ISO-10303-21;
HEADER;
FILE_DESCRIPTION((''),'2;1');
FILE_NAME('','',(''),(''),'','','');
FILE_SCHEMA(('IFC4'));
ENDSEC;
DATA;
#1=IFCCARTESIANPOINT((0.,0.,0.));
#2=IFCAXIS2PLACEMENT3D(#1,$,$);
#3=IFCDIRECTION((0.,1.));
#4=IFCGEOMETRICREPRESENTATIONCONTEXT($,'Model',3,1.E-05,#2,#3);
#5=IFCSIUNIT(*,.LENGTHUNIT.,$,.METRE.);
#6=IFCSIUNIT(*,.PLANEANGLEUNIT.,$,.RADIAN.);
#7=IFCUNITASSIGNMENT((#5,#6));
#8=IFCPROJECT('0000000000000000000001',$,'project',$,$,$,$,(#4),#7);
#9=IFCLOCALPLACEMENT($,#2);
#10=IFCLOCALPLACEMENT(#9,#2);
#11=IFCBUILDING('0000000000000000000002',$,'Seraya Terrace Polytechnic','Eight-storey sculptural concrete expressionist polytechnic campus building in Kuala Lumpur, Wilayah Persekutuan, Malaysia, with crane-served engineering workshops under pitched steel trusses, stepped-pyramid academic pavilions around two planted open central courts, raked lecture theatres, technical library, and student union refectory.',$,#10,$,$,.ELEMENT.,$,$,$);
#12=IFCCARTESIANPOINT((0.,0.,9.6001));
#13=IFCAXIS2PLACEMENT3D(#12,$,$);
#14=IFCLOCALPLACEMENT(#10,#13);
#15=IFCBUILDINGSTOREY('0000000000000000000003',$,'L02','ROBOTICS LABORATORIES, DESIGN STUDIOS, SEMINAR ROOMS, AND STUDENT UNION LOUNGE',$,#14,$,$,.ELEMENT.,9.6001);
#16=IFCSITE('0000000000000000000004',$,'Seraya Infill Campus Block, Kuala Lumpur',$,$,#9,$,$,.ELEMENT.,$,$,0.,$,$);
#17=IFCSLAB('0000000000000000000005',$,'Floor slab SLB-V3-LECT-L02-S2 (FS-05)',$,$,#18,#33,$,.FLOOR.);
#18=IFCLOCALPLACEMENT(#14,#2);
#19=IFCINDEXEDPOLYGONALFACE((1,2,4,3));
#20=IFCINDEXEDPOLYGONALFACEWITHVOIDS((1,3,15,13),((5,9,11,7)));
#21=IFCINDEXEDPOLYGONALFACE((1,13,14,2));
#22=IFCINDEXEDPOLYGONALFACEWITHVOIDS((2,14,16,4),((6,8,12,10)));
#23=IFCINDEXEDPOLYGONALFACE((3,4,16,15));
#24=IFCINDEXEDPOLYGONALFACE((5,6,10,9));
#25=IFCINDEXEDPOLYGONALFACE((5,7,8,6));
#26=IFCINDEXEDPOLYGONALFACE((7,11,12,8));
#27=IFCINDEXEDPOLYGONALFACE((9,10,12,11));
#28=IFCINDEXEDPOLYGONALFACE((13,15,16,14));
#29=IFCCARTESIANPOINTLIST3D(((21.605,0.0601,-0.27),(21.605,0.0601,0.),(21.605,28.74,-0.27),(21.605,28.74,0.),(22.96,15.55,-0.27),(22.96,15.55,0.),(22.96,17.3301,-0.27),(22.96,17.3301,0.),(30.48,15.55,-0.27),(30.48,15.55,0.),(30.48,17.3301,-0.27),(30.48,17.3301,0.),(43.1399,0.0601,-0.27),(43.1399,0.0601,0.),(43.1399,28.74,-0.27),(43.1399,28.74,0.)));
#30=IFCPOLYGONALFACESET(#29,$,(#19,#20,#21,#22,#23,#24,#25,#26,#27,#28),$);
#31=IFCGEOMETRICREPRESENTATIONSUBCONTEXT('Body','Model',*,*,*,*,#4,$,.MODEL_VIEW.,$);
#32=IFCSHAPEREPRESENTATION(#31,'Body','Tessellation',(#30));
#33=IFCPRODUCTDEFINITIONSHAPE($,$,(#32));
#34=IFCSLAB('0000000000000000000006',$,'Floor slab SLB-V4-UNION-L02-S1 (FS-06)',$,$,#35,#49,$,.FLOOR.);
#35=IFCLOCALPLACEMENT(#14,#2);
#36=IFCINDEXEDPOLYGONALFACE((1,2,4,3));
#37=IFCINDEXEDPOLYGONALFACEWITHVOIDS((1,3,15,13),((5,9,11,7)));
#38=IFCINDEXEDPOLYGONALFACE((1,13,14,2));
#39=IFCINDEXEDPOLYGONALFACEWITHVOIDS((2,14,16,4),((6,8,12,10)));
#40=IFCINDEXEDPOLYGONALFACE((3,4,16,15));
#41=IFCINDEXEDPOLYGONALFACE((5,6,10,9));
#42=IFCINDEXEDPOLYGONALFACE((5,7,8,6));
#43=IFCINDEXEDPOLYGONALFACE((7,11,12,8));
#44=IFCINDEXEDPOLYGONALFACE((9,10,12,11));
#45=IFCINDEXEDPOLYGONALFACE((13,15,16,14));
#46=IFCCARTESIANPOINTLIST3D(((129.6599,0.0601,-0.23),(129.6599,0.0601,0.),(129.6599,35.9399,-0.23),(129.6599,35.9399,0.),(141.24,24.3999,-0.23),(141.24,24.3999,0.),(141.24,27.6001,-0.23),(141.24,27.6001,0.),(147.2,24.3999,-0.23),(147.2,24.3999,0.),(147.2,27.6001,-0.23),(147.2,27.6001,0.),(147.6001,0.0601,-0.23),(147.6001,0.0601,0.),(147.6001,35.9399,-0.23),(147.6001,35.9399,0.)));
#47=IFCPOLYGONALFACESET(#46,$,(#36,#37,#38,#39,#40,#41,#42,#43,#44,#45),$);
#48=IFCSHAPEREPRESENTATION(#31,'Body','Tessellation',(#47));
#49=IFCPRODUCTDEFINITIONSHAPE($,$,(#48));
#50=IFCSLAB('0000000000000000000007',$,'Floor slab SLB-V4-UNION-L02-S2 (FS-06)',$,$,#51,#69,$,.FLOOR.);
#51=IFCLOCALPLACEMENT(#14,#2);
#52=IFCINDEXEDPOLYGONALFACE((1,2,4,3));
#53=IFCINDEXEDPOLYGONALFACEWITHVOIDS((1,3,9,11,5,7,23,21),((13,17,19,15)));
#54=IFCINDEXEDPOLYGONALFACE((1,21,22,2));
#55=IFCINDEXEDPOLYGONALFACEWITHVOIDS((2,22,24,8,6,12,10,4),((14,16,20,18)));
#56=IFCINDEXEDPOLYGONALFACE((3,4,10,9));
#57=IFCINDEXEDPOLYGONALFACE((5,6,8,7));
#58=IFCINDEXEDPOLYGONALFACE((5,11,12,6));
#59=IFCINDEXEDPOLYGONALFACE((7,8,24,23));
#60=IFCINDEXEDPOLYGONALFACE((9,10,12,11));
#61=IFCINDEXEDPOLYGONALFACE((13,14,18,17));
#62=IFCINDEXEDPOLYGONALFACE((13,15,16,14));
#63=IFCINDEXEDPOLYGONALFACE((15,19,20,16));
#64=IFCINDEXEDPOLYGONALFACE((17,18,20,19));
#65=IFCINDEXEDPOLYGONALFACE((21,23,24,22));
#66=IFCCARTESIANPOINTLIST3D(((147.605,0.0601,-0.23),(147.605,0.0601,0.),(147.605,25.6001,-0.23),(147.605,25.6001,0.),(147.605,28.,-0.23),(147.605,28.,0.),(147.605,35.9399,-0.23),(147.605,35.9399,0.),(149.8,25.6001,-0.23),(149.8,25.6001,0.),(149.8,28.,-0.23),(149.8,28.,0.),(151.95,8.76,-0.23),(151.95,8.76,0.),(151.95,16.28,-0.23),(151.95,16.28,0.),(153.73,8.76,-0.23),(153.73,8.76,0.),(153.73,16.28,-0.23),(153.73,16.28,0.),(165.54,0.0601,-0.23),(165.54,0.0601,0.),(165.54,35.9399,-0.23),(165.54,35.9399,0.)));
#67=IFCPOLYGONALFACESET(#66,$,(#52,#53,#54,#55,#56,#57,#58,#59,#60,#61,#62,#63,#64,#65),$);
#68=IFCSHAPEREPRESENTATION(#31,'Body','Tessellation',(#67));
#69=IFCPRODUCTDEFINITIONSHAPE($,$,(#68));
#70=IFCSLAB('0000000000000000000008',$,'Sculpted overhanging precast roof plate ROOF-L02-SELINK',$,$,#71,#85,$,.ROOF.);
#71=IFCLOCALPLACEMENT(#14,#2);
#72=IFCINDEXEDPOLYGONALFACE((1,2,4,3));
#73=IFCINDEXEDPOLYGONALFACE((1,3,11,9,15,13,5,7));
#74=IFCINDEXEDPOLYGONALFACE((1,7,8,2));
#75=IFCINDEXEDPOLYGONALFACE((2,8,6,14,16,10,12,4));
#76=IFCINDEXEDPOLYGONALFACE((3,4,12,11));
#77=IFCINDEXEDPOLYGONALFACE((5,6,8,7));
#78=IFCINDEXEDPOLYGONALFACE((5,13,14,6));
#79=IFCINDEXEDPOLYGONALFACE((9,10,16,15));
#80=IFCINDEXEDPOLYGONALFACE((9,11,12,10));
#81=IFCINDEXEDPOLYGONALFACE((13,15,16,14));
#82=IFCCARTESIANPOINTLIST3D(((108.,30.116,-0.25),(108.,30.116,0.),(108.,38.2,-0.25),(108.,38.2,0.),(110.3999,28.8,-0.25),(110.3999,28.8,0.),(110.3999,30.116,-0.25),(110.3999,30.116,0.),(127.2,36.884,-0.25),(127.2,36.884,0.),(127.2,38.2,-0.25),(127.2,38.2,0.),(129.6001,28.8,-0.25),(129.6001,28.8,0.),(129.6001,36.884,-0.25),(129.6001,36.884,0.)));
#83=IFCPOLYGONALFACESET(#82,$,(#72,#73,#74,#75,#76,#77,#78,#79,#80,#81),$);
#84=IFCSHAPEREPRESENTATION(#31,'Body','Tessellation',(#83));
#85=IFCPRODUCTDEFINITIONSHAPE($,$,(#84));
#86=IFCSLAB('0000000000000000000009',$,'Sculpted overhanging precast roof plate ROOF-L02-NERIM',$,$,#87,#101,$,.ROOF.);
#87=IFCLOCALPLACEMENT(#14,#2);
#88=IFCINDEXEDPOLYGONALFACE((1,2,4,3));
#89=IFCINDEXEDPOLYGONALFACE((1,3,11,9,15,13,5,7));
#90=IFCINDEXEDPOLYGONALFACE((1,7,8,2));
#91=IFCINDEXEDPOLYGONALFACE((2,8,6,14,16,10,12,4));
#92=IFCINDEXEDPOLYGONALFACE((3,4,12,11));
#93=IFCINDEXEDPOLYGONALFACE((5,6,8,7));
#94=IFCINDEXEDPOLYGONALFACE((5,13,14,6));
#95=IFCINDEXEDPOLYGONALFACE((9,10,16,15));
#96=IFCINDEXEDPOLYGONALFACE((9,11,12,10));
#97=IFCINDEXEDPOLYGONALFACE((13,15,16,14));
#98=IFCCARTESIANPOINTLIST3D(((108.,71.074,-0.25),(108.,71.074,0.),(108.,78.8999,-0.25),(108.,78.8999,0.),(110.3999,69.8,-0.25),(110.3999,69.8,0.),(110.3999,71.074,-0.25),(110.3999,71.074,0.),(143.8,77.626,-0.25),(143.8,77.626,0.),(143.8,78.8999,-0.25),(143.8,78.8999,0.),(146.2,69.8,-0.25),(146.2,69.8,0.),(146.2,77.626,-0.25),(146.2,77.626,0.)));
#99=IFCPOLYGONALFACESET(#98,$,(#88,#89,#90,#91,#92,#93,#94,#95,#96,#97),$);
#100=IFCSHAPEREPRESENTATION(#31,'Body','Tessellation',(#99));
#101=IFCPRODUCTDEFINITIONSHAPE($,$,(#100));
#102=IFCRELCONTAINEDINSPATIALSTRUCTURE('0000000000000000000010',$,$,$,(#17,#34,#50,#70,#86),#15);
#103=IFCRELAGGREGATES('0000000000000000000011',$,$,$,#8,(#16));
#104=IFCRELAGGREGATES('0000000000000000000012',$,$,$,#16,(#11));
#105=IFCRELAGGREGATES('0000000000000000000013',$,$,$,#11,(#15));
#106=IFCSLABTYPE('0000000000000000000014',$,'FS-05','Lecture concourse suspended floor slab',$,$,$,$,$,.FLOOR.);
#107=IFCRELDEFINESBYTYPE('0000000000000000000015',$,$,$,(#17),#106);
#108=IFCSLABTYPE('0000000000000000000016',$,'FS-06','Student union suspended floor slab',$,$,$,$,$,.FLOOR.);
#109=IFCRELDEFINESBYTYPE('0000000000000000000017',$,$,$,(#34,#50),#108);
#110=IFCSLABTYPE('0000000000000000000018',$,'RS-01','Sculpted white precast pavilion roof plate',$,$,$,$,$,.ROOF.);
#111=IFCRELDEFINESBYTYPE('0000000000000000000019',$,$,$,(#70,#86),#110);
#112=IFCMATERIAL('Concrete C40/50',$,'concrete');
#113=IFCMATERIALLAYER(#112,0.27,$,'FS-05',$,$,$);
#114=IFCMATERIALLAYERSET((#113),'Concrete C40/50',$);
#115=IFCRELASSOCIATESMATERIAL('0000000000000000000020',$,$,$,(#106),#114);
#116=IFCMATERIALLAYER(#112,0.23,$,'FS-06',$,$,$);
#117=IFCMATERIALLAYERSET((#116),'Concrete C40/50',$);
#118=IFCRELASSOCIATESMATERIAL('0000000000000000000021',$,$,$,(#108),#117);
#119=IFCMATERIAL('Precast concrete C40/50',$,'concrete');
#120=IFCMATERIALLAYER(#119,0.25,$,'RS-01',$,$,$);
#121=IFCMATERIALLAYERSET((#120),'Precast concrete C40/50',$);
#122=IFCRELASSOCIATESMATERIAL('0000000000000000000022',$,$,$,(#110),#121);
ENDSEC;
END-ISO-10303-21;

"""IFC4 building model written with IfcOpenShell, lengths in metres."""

from ifc_helpers import new_model, si_unit, direction, frame, origin, place, context, subcontext, project, spatial, polyline, outline, extrude, material, layer, layer_set, type_object, element, save


model = new_model("IFC4")

# Units and contexts
model_context = context("Model", 3, precision=1e-05, world=origin(), true_north=direction((0.0, 1.0)))
body_context = subcontext(model_context, "Body", "Model", "MODEL_VIEW")
ifc_project = project(units=[si_unit("LENGTHUNIT", "METRE"), si_unit("PLANEANGLEUNIT", "RADIAN")], contexts=[model_context])

# Site, building, storey
site_placement = place(None, origin())
site = spatial("IfcSite", under=ifc_project, at=site_placement, Name="Seraya Infill Campus Block, Kuala Lumpur", CompositionType="ELEMENT", RefElevation=0.0)
building_placement = place(site_placement, origin())
building = spatial("IfcBuilding", under=site, at=building_placement, Name="Seraya Terrace Polytechnic", Description="Eight-storey sculptural concrete expressionist polytechnic campus building in Kuala Lumpur, Wilayah Persekutuan, Malaysia, with crane-served engineering workshops under pitched steel trusses, stepped-pyramid academic pavilions around two planted open central courts, raked lecture theatres, technical library, and student union refectory.", CompositionType="ELEMENT")
storey_placement = place(building_placement, frame((0.0, 0.0, 9.6001)))
storey = spatial("IfcBuildingStorey", under=building, at=storey_placement, Name="L02", Description="ROBOTICS LABORATORIES, DESIGN STUDIOS, SEMINAR ROOMS, AND STUDENT UNION LOUNGE", CompositionType="ELEMENT", Elevation=9.6001)

# Shared definitions
ifc_material_1 = material(Name="Concrete C40/50", Category="concrete")

# Slabs
ifc_layer_1 = layer(ifc_material_1, 0.27, Name="FS-05")
ifc_layer_set_1 = layer_set([ifc_layer_1], Name="Concrete C40/50")
slab_type_1 = type_object("IfcSlabType", Name="FS-05", Description="Lecture concourse suspended floor slab", PredefinedType="FLOOR", material=ifc_layer_set_1)
slab_1_placement = place(storey_placement, frame((0.0, 0.0, -0.27)))
element("IfcSlab", 1, at=slab_1_placement, inside=storey, type_object=slab_type_1, Name="Floor slab SLB-V3-LECT-L02-S2 (FS-05)", PredefinedType="FLOOR", context=body_context, shape_type="SweptSolid", body=[
    extrude(outline(polyline([(43.1399, 28.74), (43.1399, 0.0601), (21.605, 0.0601), (21.605, 28.74), (43.1399, 28.74)]), holes=[polyline([(22.96, 17.3301), (22.96, 15.55), (30.48, 15.55), (30.48, 17.3301), (22.96, 17.3301)])]), origin(), (0.0, 0.0, 1.0), 0.27),
])
ifc_layer_2 = layer(ifc_material_1, 0.23, Name="FS-06")
ifc_layer_set_2 = layer_set([ifc_layer_2], Name="Concrete C40/50")
slab_type_2 = type_object("IfcSlabType", Name="FS-06", Description="Student union suspended floor slab", PredefinedType="FLOOR", material=ifc_layer_set_2)
slab_2_placement = place(storey_placement, frame((0.0, 0.0, -0.23)))
element("IfcSlab", 2, at=slab_2_placement, inside=storey, type_object=slab_type_2, Name="Floor slab SLB-V4-UNION-L02-S1 (FS-06)", PredefinedType="FLOOR", context=body_context, shape_type="SweptSolid", body=[
    extrude(outline(polyline([(129.6599, 0.0601), (129.6599, 35.9399), (147.6001, 35.9399), (147.6001, 0.0601), (129.6599, 0.0601)]), holes=[polyline([(147.2, 27.6001), (141.24, 27.6001), (141.24, 24.3999), (147.2, 24.3999), (147.2, 27.6001)])]), origin(), (0.0, 0.0, 1.0), 0.23),
])
slab_3_placement = place(storey_placement, frame((0.0, 0.0, -0.23)))
element("IfcSlab", 3, at=slab_3_placement, inside=storey, type_object=slab_type_2, Name="Floor slab SLB-V4-UNION-L02-S2 (FS-06)", PredefinedType="FLOOR", context=body_context, shape_type="SweptSolid", body=[
    extrude(outline(polyline([(165.54, 35.9399), (165.54, 0.0601), (147.605, 0.0601), (147.605, 25.6001), (149.8, 25.6001), (149.8, 28.0), (147.605, 28.0), (147.605, 35.9399), (165.54, 35.9399)]), holes=[polyline([(153.73, 16.28), (151.95, 16.28), (151.95, 8.76), (153.73, 8.76), (153.73, 16.28)])]), origin(), (0.0, 0.0, 1.0), 0.23),
])
ifc_material_2 = material(Name="Precast concrete C40/50", Category="concrete")
ifc_layer_3 = layer(ifc_material_2, 0.25, Name="RS-01")
ifc_layer_set_3 = layer_set([ifc_layer_3], Name="Precast concrete C40/50")
slab_type_3 = type_object("IfcSlabType", Name="RS-01", Description="Sculpted white precast pavilion roof plate", PredefinedType="ROOF", material=ifc_layer_set_3)
slab_4_placement = place(storey_placement, frame((0.0, 0.0, -0.25)))
element("IfcSlab", 4, at=slab_4_placement, inside=storey, type_object=slab_type_3, Name="Sculpted overhanging precast roof plate ROOF-L02-SELINK", PredefinedType="ROOF", context=body_context, shape_type="SweptSolid", body=[
    extrude(outline(polyline([(110.3999, 30.116), (108.0, 30.116), (108.0, 38.2), (127.2, 38.2), (127.2, 36.884), (129.6001, 36.884), (129.6001, 28.8), (110.3999, 28.8), (110.3999, 30.116)])), origin(), (0.0, 0.0, 1.0), 0.25),
])
slab_5_placement = place(storey_placement, frame((0.0, 0.0, -0.25)))
element("IfcSlab", 5, at=slab_5_placement, inside=storey, type_object=slab_type_3, Name="Sculpted overhanging precast roof plate ROOF-L02-NERIM", PredefinedType="ROOF", context=body_context, shape_type="SweptSolid", body=[
    extrude(outline(polyline([(110.3999, 71.074), (108.0, 71.074), (108.0, 78.8999), (143.8, 78.8999), (143.8, 77.626), (146.2, 77.626), (146.2, 69.8), (110.3999, 69.8), (110.3999, 71.074)])), origin(), (0.0, 0.0, 1.0), 0.25),
])

save(model, "model.ifc")
